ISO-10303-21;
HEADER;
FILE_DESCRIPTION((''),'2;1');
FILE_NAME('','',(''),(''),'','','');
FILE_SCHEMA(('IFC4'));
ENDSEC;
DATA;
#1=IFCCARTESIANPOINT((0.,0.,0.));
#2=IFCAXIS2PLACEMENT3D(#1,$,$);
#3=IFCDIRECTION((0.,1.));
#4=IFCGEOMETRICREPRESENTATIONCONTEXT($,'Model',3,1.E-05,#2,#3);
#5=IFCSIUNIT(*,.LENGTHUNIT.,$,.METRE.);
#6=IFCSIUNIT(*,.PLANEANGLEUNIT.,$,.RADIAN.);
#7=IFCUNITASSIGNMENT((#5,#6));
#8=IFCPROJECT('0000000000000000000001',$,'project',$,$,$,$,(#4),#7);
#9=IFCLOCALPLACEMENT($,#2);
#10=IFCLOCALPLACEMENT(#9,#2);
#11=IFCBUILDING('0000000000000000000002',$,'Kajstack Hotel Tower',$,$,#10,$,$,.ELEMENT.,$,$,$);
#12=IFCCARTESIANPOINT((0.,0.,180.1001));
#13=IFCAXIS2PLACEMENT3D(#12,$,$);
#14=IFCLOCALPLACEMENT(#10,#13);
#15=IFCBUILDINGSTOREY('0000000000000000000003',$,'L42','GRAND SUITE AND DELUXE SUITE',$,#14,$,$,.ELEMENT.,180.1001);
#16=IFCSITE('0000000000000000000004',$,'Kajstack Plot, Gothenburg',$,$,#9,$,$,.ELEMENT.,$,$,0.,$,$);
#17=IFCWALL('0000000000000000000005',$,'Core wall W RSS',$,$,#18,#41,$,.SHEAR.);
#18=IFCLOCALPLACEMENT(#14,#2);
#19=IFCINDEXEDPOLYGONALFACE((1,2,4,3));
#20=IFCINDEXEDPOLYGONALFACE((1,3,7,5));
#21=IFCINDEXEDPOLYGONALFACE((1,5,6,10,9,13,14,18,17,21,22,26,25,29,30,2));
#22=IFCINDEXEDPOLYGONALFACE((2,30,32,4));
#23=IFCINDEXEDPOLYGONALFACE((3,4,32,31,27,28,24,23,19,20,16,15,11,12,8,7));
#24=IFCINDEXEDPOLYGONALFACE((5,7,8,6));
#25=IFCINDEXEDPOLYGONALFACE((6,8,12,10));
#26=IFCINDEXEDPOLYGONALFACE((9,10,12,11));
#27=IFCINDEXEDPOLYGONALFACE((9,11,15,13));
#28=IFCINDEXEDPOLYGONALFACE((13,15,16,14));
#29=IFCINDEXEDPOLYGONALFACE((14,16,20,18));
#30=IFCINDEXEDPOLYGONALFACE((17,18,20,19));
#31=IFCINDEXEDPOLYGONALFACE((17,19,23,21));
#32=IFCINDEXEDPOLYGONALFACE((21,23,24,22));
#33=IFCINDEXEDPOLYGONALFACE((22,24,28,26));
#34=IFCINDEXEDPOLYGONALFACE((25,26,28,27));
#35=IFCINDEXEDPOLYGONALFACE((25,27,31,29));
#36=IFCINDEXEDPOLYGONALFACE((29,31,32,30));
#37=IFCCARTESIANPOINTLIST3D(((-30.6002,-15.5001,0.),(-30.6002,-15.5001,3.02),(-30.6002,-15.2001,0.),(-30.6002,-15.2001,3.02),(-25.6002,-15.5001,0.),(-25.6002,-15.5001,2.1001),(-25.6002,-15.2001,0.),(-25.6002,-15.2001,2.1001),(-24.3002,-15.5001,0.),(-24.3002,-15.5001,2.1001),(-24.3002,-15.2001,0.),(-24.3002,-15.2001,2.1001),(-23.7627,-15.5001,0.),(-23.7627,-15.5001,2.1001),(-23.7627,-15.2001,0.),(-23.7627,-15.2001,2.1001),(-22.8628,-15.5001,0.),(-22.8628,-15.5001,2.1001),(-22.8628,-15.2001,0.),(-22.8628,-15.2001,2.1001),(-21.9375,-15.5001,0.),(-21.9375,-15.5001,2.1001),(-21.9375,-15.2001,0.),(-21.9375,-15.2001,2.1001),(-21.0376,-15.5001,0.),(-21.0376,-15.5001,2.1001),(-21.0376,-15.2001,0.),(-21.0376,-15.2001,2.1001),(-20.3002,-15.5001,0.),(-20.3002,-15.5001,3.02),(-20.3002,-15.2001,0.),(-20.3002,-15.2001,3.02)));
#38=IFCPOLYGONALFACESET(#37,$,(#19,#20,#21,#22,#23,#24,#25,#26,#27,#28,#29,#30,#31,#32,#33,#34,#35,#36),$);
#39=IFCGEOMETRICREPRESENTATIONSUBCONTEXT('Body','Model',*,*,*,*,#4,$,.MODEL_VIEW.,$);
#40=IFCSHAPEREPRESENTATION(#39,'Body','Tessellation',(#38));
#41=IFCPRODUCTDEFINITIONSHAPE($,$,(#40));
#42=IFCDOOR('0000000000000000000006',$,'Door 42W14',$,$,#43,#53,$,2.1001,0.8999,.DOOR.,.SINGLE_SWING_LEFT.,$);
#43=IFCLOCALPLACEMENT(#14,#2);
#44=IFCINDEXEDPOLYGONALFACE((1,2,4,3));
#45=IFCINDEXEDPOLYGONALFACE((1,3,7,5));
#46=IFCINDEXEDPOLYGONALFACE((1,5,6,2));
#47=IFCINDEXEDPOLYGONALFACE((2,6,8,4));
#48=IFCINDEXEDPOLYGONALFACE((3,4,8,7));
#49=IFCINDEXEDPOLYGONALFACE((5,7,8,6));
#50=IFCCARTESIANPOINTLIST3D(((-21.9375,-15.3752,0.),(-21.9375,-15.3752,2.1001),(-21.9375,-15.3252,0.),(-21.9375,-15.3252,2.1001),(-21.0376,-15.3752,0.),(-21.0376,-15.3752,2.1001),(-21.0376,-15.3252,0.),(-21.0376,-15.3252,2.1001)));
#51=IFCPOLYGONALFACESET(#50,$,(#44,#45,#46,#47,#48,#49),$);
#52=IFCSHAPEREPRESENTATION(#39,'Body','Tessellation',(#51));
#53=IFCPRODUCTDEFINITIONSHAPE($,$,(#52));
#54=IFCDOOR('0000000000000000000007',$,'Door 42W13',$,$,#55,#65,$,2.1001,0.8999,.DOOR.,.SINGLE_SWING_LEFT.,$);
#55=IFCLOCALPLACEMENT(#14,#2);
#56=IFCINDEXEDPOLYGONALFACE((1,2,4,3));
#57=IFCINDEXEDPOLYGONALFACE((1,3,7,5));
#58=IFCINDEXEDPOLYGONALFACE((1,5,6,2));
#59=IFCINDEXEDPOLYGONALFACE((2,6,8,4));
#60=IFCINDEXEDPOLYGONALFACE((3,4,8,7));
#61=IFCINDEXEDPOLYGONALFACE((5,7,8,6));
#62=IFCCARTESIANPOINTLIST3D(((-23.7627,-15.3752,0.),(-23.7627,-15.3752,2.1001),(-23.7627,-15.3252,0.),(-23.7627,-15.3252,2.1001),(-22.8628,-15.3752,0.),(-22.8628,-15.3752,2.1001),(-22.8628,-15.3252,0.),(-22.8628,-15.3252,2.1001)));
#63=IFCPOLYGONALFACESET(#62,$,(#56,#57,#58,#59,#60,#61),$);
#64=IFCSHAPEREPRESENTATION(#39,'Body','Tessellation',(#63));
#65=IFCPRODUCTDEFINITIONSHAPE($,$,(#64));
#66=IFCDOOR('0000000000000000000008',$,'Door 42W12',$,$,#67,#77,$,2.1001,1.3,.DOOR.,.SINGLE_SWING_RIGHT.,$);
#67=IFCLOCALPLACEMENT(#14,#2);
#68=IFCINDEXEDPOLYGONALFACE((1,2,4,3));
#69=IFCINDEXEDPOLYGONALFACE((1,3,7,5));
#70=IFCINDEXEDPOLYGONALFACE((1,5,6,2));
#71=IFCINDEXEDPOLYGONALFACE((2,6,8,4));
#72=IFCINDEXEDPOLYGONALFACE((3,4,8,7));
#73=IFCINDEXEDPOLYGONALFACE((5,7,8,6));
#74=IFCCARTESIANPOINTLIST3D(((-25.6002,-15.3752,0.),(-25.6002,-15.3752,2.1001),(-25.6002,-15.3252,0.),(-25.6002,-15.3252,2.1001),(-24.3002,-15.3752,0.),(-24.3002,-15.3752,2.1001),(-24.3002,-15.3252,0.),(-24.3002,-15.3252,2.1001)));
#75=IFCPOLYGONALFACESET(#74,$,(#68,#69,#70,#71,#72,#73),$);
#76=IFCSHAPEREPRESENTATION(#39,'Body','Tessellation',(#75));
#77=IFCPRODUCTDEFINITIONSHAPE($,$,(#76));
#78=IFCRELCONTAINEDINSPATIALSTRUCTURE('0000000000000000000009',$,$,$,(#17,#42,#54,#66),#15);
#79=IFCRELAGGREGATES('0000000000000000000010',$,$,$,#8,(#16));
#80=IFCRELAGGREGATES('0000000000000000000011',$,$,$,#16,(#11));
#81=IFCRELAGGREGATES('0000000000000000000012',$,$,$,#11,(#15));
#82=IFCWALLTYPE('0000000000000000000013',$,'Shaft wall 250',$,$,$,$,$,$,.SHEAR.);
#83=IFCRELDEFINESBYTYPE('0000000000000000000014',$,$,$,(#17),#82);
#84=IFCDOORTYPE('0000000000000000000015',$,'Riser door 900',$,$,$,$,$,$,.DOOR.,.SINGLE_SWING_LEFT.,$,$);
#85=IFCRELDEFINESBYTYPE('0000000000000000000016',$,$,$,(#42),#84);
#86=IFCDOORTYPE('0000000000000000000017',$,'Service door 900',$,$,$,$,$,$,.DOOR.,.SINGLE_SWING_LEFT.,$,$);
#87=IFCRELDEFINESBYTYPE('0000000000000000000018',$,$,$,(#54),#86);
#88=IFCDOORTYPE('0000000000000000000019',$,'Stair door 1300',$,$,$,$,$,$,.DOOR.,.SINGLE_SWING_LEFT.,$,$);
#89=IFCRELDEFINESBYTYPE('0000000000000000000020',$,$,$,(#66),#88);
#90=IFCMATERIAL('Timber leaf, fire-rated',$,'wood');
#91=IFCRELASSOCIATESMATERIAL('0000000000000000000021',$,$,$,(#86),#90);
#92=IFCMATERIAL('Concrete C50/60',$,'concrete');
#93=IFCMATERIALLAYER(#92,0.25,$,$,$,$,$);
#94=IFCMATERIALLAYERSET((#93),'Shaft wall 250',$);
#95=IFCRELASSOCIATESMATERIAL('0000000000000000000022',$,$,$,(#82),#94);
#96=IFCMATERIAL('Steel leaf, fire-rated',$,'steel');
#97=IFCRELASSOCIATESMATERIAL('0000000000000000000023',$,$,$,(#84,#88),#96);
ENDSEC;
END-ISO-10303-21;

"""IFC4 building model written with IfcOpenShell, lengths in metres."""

from ifc_helpers import new_model, si_unit, direction, frame, frame_2d, origin, place, context, subcontext, project, spatial, rectangle, extrude, material, layer, layer_set, type_object, element, fill, save


model = new_model("IFC4")

# Units and contexts
model_context = context("Model", 3, precision=1e-05, world=origin(), true_north=direction((0.0, 1.0)))
body_context = subcontext(model_context, "Body", "Model", "MODEL_VIEW")
ifc_project = project(units=[si_unit("LENGTHUNIT", "METRE"), si_unit("PLANEANGLEUNIT", "RADIAN")], contexts=[model_context])

# Site, building, storey
site_placement = place(None, origin())
site = spatial("IfcSite", under=ifc_project, at=site_placement, Name="Kajstack Plot, Gothenburg", CompositionType="ELEMENT", RefElevation=0.0)
building_placement = place(site_placement, origin())
building = spatial("IfcBuilding", under=site, at=building_placement, Name="Kajstack Hotel Tower", CompositionType="ELEMENT")
storey_placement = place(building_placement, frame((0.0, 0.0, 180.1001)))
storey = spatial("IfcBuildingStorey", under=building, at=storey_placement, Name="L42", Description="GRAND SUITE AND DELUXE SUITE", CompositionType="ELEMENT", Elevation=180.1001)

# Shared definitions
ifc_material_1 = material(Name="Timber leaf, fire-rated", Category="wood")
door_type_1 = type_object("IfcDoorType", Name="Service door 900", OperationType="SINGLE_SWING_LEFT", PredefinedType="DOOR", material=ifc_material_1)

# Wall, openings, doors
ifc_material_2 = material(Name="Concrete C50/60", Category="concrete")
ifc_layer_1 = layer(ifc_material_2, 0.25)
ifc_layer_set_1 = layer_set([ifc_layer_1], Name="Shaft wall 250")
wall_type_1 = type_object("IfcWallType", Name="Shaft wall 250", PredefinedType="SHEAR", material=ifc_layer_set_1)
wall_1_placement = place(storey_placement, frame((-30.6001, -15.3501, 0.0), z_axis=(0.0, 0.0, 1.0), x_axis=(1.0, 0.0, 0.0)))
wall_1 = element("IfcWall", 1, at=wall_1_placement, inside=storey, type_object=wall_type_1, Name="Core wall W RSS", PredefinedType="SHEAR", context=body_context, shape_type="SweptSolid", body=[
    extrude(rectangle(XDim=10.3, YDim=0.3, at=frame_2d((5.1499, 0.0))), origin(), (0.0, 0.0, 1.0), 3.02),
])
opening_1_placement = place(wall_1_placement, frame((5.0, 0.0, 0.0)))
opening_1 = element("IfcOpeningElement", 2, at=opening_1_placement, cuts=wall_1, PredefinedType="OPENING", context=body_context, shape_type="SweptSolid", body=[
    extrude(rectangle(XDim=1.3, YDim=2.1001, at=frame_2d((0.6499, 1.05))), frame((0.0, 0.1599, 0.0), z_axis=(0.0, -1.0, 0.0), x_axis=(1.0, 0.0, 0.0)), (0.0, 0.0, 1.0), 0.3201),
])
opening_2_placement = place(wall_1_placement, frame((6.8374, 0.0, 0.0)))
opening_2 = element("IfcOpeningElement", 3, at=opening_2_placement, cuts=wall_1, PredefinedType="OPENING", context=body_context, shape_type="SweptSolid", body=[
    extrude(rectangle(XDim=0.8999, YDim=2.1001, at=frame_2d((0.45, 1.05))), frame((0.0, 0.1599, 0.0), z_axis=(0.0, -1.0, 0.0), x_axis=(1.0, 0.0, 0.0)), (0.0, 0.0, 1.0), 0.3201),
])
opening_3_placement = place(wall_1_placement, frame((8.6626, 0.0, 0.0)))
opening_3 = element("IfcOpeningElement", 4, at=opening_3_placement, cuts=wall_1, PredefinedType="OPENING", context=body_context, shape_type="SweptSolid", body=[
    extrude(rectangle(XDim=0.8999, YDim=2.1001, at=frame_2d((0.45, 1.05))), frame((0.0, 0.1599, 0.0), z_axis=(0.0, -1.0, 0.0), x_axis=(1.0, 0.0, 0.0)), (0.0, 0.0, 1.0), 0.3201),
])
ifc_material_3 = material(Name="Steel leaf, fire-rated", Category="steel")
door_type_2 = type_object("IfcDoorType", Name="Riser door 900", OperationType="SINGLE_SWING_LEFT", PredefinedType="DOOR", material=ifc_material_3)
door_1_placement = place(opening_3_placement, origin())
door_1 = element("IfcDoor", 5, at=door_1_placement, inside=storey, type_object=door_type_2, Name="Door 42W14", OperationType="SINGLE_SWING_LEFT", OverallHeight=2.1001, OverallWidth=0.8999, PredefinedType="DOOR", context=body_context, shape_type="SweptSolid", body=[
    extrude(rectangle(XDim=0.8999, YDim=2.1001, at=frame_2d((0.45, 1.05))), frame((0.0, 0.0249, 0.0), z_axis=(0.0, -1.0, 0.0), x_axis=(1.0, 0.0, 0.0)), (0.0, 0.0, 1.0), 0.05),
])
fill(opening_3, door_1)
door_2_placement = place(opening_2_placement, origin())
door_2 = element("IfcDoor", 6, at=door_2_placement, inside=storey, type_object=door_type_1, Name="Door 42W13", OperationType="SINGLE_SWING_LEFT", OverallHeight=2.1001, OverallWidth=0.8999, PredefinedType="DOOR", context=body_context, shape_type="SweptSolid", body=[
    extrude(rectangle(XDim=0.8999, YDim=2.1001, at=frame_2d((0.45, 1.05))), frame((0.0, 0.0249, 0.0), z_axis=(0.0, -1.0, 0.0), x_axis=(1.0, 0.0, 0.0)), (0.0, 0.0, 1.0), 0.05),
])
fill(opening_2, door_2)
door_type_3 = type_object("IfcDoorType", Name="Stair door 1300", OperationType="SINGLE_SWING_LEFT", PredefinedType="DOOR", material=ifc_material_3)
door_3_placement = place(opening_1_placement, origin())
door_3 = element("IfcDoor", 7, at=door_3_placement, inside=storey, type_object=door_type_3, Name="Door 42W12", OperationType="SINGLE_SWING_RIGHT", OverallHeight=2.1001, OverallWidth=1.3, PredefinedType="DOOR", context=body_context, shape_type="SweptSolid", body=[
    extrude(rectangle(XDim=1.3, YDim=2.1001, at=frame_2d((0.6499, 1.05))), frame((0.0, 0.0249, 0.0), z_axis=(0.0, -1.0, 0.0), x_axis=(1.0, 0.0, 0.0)), (0.0, 0.0, 1.0), 0.05),
])
fill(opening_1, door_3)

save(model, "model.ifc")
